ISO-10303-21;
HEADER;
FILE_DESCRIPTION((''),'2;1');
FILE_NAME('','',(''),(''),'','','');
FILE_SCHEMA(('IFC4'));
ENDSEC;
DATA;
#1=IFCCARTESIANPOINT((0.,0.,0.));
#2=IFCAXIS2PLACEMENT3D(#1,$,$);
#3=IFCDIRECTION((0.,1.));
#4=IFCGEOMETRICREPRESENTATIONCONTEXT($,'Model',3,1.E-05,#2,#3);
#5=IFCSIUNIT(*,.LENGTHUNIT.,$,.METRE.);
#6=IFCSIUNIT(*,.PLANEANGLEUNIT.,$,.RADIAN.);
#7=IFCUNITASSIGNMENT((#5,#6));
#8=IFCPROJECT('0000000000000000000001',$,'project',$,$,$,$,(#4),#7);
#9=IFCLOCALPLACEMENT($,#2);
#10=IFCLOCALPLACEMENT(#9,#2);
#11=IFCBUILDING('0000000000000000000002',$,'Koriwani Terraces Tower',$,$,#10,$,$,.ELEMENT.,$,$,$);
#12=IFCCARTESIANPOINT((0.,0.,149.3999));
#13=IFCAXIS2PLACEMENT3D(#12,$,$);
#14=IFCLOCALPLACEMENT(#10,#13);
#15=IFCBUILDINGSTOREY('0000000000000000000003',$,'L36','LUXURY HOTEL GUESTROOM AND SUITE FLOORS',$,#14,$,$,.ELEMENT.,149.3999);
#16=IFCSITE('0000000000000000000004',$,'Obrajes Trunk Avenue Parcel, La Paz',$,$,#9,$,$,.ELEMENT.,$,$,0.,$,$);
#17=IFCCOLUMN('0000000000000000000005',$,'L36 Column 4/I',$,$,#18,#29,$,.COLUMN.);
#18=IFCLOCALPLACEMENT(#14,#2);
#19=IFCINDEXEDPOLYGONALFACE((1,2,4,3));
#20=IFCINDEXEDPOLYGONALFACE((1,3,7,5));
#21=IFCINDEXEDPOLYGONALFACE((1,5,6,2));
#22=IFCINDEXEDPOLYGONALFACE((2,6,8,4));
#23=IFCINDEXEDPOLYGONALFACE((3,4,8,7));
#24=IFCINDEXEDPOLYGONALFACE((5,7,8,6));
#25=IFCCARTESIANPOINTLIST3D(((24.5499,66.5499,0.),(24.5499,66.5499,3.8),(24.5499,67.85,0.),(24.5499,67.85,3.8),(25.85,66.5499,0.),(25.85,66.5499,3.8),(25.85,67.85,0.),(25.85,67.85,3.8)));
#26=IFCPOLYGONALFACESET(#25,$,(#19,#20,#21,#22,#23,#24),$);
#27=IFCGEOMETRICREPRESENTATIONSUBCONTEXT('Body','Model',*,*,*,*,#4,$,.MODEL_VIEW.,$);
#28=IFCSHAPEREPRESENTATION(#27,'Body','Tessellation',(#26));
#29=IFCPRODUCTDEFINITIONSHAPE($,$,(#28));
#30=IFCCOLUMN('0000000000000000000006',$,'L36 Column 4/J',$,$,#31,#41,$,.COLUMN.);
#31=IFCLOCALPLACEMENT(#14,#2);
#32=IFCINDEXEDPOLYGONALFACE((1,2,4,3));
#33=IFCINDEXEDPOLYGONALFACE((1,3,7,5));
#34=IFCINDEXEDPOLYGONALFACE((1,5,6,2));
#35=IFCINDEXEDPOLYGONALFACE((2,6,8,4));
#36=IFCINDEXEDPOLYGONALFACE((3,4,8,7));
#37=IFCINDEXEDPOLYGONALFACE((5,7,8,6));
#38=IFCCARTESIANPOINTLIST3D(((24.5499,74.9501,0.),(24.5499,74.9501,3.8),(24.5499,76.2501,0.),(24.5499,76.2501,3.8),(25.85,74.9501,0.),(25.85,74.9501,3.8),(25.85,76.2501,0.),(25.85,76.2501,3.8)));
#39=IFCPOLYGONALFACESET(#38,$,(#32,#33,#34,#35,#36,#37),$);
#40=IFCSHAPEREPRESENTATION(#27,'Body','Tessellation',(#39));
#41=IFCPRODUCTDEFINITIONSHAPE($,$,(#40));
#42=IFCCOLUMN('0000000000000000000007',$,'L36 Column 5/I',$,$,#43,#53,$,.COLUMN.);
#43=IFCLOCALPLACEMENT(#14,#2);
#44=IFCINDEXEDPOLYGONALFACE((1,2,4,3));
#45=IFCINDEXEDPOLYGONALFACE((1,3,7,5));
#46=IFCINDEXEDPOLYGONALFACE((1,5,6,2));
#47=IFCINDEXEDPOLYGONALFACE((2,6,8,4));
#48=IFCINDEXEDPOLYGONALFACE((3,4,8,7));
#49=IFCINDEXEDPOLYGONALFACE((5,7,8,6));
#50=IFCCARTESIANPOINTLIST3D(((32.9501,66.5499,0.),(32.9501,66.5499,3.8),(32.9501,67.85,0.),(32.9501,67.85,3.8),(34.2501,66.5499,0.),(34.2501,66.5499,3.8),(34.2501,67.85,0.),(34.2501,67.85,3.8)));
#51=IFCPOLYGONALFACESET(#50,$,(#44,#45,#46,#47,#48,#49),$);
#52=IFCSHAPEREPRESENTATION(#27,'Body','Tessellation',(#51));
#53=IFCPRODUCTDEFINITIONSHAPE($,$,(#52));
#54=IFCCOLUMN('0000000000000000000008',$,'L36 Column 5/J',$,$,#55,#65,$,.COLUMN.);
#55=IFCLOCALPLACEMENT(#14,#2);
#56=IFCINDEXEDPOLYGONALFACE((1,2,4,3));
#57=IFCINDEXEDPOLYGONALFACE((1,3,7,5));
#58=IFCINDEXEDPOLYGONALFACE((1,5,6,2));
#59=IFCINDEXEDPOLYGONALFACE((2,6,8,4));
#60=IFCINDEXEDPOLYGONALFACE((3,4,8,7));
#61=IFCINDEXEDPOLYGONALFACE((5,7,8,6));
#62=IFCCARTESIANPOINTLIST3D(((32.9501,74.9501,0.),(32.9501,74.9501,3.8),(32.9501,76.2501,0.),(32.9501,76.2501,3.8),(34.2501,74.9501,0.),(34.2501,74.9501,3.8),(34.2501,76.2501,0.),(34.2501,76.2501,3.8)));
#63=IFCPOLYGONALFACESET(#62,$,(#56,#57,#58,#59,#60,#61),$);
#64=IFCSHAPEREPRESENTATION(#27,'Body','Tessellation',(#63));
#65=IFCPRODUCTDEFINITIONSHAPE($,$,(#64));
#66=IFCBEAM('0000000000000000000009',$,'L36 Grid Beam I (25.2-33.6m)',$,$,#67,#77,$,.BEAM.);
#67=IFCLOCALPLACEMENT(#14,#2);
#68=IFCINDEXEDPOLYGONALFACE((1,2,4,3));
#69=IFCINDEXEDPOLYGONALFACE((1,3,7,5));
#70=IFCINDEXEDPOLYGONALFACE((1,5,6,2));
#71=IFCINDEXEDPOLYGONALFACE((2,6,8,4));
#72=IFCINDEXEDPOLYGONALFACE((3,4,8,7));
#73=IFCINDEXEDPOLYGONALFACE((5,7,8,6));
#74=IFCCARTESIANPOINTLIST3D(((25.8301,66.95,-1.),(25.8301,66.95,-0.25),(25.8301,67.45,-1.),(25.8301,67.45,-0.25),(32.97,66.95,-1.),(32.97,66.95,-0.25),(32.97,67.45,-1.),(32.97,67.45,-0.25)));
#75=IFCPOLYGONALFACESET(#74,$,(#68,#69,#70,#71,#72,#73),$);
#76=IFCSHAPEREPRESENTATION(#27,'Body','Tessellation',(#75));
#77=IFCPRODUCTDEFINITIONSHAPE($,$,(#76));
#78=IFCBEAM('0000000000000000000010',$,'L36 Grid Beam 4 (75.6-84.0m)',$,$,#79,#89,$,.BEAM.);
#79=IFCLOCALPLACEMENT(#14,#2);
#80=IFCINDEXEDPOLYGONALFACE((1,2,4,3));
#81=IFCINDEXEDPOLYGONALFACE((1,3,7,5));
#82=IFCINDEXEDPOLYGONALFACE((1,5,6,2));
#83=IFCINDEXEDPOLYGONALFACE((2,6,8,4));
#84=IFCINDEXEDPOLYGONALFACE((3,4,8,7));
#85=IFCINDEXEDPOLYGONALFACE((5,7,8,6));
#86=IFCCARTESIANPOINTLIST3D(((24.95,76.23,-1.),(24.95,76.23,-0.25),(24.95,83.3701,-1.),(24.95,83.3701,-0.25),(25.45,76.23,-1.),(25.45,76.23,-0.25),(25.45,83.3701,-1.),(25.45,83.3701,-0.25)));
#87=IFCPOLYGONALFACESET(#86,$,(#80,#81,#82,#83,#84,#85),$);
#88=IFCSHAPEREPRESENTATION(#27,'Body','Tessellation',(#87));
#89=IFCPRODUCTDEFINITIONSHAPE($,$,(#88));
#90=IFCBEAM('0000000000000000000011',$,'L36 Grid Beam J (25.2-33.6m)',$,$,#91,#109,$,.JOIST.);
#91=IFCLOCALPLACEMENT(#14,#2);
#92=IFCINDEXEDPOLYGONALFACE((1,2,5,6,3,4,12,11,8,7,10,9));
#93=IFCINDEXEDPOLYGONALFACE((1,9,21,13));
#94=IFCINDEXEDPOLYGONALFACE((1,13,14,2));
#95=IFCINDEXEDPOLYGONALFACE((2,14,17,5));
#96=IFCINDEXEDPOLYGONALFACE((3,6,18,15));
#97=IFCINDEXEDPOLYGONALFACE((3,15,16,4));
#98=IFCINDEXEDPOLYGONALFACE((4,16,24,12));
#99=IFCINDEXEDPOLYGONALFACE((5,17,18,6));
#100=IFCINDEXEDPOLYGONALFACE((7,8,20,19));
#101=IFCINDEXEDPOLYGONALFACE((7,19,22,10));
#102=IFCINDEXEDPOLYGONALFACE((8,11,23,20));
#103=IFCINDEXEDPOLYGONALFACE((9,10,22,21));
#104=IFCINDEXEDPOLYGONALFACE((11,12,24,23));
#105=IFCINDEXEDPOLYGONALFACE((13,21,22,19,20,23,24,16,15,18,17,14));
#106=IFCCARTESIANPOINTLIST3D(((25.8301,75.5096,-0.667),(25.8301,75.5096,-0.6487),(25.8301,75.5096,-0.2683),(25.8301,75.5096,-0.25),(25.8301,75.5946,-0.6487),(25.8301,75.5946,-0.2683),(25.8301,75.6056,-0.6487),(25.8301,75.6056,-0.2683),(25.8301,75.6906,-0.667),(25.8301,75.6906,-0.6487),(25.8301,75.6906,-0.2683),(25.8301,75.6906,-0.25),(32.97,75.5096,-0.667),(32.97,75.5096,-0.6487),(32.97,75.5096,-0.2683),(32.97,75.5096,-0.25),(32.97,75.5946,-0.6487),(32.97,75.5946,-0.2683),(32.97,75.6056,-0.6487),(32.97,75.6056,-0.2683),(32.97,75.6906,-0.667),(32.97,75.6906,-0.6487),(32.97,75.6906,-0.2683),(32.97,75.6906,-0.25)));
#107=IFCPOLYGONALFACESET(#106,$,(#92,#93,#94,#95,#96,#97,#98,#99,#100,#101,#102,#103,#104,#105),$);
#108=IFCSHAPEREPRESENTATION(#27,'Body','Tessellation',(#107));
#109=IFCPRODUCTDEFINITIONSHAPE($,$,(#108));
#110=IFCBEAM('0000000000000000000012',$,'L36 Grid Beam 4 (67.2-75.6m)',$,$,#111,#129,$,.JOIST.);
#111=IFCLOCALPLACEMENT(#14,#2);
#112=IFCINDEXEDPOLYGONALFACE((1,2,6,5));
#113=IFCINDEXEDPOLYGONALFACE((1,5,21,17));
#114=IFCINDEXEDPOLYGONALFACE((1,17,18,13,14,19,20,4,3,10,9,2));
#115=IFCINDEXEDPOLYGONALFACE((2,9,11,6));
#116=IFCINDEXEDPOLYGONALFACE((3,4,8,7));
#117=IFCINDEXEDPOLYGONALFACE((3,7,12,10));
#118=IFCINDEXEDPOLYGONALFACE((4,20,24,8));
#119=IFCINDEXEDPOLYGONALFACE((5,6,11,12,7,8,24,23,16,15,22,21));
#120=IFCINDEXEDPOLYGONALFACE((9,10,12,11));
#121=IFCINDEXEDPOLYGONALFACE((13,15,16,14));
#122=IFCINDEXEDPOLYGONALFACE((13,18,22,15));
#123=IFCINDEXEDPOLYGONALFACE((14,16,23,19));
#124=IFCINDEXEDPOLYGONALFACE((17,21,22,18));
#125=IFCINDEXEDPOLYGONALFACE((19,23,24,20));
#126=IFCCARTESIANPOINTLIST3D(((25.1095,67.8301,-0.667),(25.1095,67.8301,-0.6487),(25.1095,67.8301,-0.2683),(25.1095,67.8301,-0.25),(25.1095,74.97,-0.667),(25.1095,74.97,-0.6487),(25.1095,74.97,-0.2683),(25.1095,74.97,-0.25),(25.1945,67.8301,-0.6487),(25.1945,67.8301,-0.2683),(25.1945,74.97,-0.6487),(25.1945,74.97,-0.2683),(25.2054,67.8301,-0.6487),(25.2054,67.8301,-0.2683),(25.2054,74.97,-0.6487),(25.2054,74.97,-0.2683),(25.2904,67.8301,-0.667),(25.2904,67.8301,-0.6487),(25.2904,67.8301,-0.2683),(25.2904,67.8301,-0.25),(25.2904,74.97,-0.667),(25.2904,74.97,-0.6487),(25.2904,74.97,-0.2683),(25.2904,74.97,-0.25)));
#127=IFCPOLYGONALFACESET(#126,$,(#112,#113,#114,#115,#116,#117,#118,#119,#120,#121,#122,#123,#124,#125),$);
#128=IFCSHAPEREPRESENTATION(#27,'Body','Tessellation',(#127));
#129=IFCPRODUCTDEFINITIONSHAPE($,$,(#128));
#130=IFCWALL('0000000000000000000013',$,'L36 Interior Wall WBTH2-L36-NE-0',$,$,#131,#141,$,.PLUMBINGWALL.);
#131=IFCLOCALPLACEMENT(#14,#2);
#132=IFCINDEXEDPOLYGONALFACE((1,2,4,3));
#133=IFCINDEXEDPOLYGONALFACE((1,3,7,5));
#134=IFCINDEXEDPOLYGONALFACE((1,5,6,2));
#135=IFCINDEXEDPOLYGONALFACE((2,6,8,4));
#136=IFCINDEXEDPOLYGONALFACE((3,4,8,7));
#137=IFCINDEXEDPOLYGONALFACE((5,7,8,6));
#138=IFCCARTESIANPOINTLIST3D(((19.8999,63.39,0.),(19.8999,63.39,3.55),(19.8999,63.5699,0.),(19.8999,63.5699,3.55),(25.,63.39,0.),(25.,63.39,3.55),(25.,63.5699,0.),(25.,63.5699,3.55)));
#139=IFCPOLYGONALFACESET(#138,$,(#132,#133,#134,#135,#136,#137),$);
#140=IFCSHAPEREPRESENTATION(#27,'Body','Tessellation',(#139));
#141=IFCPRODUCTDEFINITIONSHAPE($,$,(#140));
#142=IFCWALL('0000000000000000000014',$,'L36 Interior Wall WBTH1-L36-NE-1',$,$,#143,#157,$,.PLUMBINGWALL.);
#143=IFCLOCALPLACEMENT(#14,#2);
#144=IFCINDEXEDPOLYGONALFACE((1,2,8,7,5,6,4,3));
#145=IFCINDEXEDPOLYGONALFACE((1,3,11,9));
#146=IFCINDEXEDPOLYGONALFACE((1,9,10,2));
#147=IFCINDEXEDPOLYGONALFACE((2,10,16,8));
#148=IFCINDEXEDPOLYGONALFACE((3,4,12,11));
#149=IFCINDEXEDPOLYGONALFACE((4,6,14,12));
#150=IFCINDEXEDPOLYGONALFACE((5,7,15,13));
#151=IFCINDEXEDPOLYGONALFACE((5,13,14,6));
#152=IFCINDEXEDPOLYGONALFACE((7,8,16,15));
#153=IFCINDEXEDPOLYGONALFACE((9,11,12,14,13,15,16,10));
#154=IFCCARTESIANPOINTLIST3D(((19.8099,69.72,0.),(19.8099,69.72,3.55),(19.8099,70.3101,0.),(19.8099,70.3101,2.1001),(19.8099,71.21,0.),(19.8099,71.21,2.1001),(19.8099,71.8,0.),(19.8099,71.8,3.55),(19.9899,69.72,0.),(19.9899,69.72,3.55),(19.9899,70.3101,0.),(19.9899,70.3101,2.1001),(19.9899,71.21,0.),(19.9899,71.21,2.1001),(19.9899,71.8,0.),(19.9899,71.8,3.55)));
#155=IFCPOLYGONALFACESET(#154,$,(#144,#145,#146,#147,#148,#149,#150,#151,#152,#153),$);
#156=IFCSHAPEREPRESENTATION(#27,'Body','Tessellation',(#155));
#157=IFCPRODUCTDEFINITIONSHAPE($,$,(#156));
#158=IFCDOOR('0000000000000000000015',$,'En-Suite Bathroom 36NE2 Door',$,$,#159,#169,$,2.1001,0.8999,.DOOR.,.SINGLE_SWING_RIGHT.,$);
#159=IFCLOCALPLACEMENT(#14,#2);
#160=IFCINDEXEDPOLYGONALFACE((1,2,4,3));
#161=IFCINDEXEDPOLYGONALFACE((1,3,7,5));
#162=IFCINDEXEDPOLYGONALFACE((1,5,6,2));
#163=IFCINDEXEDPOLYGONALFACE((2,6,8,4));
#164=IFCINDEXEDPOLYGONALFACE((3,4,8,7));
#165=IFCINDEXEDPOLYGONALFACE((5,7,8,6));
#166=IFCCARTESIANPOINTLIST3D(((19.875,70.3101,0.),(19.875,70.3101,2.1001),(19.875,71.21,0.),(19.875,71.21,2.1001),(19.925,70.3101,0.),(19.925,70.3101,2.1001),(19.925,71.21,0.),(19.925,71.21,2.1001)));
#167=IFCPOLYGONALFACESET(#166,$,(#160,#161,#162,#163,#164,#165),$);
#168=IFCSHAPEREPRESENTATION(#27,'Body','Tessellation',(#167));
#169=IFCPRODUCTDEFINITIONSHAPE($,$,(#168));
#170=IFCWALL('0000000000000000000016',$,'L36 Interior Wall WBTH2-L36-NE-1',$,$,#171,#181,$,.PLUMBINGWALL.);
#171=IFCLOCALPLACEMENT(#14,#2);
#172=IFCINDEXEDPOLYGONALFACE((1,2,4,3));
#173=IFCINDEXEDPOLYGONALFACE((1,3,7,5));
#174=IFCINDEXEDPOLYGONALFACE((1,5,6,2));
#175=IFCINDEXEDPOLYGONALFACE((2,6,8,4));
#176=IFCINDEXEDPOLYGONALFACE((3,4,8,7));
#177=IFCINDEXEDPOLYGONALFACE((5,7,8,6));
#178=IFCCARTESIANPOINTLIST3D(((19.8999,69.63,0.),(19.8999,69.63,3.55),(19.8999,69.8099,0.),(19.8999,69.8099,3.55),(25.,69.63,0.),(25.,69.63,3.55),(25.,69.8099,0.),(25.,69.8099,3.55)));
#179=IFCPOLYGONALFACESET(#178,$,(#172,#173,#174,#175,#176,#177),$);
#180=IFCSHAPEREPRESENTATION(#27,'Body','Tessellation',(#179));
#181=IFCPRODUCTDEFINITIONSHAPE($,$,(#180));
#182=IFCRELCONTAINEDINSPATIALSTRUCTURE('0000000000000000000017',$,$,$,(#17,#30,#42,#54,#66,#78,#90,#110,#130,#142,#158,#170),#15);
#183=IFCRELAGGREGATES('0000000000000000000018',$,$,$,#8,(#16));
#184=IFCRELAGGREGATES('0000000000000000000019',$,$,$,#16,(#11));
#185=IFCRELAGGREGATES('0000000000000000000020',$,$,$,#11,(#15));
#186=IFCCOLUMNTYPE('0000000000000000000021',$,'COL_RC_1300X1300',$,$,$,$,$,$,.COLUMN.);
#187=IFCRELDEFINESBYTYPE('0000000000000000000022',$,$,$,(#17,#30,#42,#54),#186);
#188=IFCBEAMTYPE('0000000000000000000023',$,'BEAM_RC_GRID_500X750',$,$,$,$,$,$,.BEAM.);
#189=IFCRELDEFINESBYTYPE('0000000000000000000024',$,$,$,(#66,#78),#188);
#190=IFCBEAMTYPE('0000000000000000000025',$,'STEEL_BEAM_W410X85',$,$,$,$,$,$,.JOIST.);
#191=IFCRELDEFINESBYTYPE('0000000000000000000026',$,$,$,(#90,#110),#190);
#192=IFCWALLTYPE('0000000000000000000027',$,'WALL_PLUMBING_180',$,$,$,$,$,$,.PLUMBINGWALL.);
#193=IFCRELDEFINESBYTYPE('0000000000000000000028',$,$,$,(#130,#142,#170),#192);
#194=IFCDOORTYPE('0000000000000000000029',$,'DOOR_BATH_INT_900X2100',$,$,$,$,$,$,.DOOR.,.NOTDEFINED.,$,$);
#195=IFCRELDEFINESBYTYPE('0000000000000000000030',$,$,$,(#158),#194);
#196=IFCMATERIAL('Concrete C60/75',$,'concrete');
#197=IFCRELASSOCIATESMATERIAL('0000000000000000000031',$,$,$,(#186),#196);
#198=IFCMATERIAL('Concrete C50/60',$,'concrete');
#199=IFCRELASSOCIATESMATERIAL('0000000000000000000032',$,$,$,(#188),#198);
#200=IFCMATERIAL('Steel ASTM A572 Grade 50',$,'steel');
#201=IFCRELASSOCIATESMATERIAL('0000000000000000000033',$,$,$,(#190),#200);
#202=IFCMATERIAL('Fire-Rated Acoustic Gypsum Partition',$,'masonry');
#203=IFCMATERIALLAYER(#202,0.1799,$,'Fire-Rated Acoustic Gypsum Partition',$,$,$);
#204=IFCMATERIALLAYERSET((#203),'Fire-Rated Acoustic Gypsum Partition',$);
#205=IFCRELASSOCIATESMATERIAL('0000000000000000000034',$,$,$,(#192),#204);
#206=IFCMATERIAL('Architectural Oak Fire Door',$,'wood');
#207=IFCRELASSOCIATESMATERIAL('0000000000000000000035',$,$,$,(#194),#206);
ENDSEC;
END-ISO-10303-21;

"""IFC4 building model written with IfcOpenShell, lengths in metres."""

from ifc_helpers import new_model, si_unit, direction, frame, frame_2d, origin, origin_2d, place, context, subcontext, project, spatial, rectangle, i_section, extrude, material, layer, layer_set, material_profile, profile_set, type_object, element, fill, save


model = new_model("IFC4")

# Units and contexts
model_context = context("Model", 3, precision=1e-05, world=origin(), true_north=direction((0.0, 1.0)))
body_context = subcontext(model_context, "Body", "Model", "MODEL_VIEW")
ifc_project = project(units=[si_unit("LENGTHUNIT", "METRE"), si_unit("PLANEANGLEUNIT", "RADIAN")], contexts=[model_context])

# Site, building, storey
site_placement = place(None, origin())
site = spatial("IfcSite", under=ifc_project, at=site_placement, Name="Obrajes Trunk Avenue Parcel, La Paz", CompositionType="ELEMENT", RefElevation=0.0)
building_placement = place(site_placement, origin())
building = spatial("IfcBuilding", under=site, at=building_placement, Name="Koriwani Terraces Tower", CompositionType="ELEMENT")
storey_placement = place(building_placement, frame((0.0, 0.0, 149.3999)))
storey = spatial("IfcBuildingStorey", under=building, at=storey_placement, Name="L36", Description="LUXURY HOTEL GUESTROOM AND SUITE FLOORS", CompositionType="ELEMENT", Elevation=149.3999)

# Columns
ifc_material_1 = material(Name="Concrete C60/75", Category="concrete")
ifc_material_profile_1 = material_profile(ifc_material_1, rectangle(XDim=1.3, YDim=1.3, at=origin_2d()), Name="Concrete C60/75", Category="LoadBearing")
ifc_profile_set_1 = profile_set([ifc_material_profile_1], Name="Concrete C60/75")
column_type = type_object("IfcColumnType", Name="COL_RC_1300X1300", PredefinedType="COLUMN", material=ifc_profile_set_1)
for number, where, z_axis, x_axis, name in (
    (1, (25.2, 67.2, 0.0), (0.0, 0.0, 1.0), (1.0, 0.0, 0.0), "L36 Column 4/I"),
    (2, (25.2, 75.6001, 0.0), (0.0, 0.0, 1.0), (1.0, 0.0, 0.0), "L36 Column 4/J"),
    (3, (33.6001, 67.2, 0.0), (0.0, 0.0, 1.0), (1.0, 0.0, 0.0), "L36 Column 5/I"),
    (4, (33.6001, 75.6001, 0.0), (0.0, 0.0, 1.0), (1.0, 0.0, 0.0), "L36 Column 5/J"),
):
    element("IfcColumn", number, at=place(storey_placement, frame(where, z_axis=z_axis, x_axis=x_axis)), inside=storey, type_object=column_type, Name=name, PredefinedType="COLUMN", context=body_context, shape_type="SweptSolid", body=[
        extrude(rectangle(XDim=1.3, YDim=1.3, at=origin_2d()), origin(), (0.0, 0.0, 1.0), 3.8),
    ])

# Beams
ifc_material_2 = material(Name="Concrete C50/60", Category="concrete")
ifc_material_profile_2 = material_profile(ifc_material_2, rectangle(XDim=0.5, YDim=0.75, at=origin_2d()), Name="Concrete C50/60", Category="LoadBearing")
ifc_profile_set_2 = profile_set([ifc_material_profile_2], Name="Concrete C50/60")
beam_type_1 = type_object("IfcBeamType", Name="BEAM_RC_GRID_500X750", PredefinedType="BEAM", material=ifc_profile_set_2)
beam_1_placement = place(storey_placement, frame((25.8301, 67.2, -0.625), z_axis=(1.0, 0.0, 0.0), x_axis=(0.0, 1.0, 0.0)))
element("IfcBeam", 5, at=beam_1_placement, inside=storey, type_object=beam_type_1, Name="L36 Grid Beam I (25.2-33.6m)", PredefinedType="BEAM", context=body_context, shape_type="SweptSolid", body=[
    extrude(rectangle(XDim=0.5, YDim=0.75, at=origin_2d()), origin(), (0.0, 0.0, 1.0), 7.1399),
])
beam_2_placement = place(storey_placement, frame((25.2, 76.23, -0.625), z_axis=(0.0, 1.0, 0.0), x_axis=(-1.0, 0.0, 0.0)))
element("IfcBeam", 6, at=beam_2_placement, inside=storey, type_object=beam_type_1, Name="L36 Grid Beam 4 (75.6-84.0m)", PredefinedType="BEAM", context=body_context, shape_type="SweptSolid", body=[
    extrude(rectangle(XDim=0.5, YDim=0.75, at=origin_2d()), origin(), (0.0, 0.0, 1.0), 7.1401),
])
ifc_material_3 = material(Name="Steel ASTM A572 Grade 50", Category="steel")
ifc_material_profile_3 = material_profile(ifc_material_3, i_section(OverallWidth=0.1809, OverallDepth=0.417, WebThickness=0.011, FlangeThickness=0.0183, at=origin_2d()), Name="Steel ASTM A572 Grade 50", Category="LoadBearing")
ifc_profile_set_3 = profile_set([ifc_material_profile_3], Name="Steel ASTM A572 Grade 50")
beam_type_2 = type_object("IfcBeamType", Name="STEEL_BEAM_W410X85", PredefinedType="JOIST", material=ifc_profile_set_3)
for number, where, z_axis, x_axis, name in (
    (7, (25.8301, 75.6001, -0.4585), (1.0, 0.0, 0.0), (0.0, 1.0, 0.0), "L36 Grid Beam J (25.2-33.6m)"),
    (8, (25.2, 67.8301, -0.4585), (0.0, 1.0, 0.0), (-1.0, 0.0, 0.0), "L36 Grid Beam 4 (67.2-75.6m)"),
):
    element("IfcBeam", number, at=place(storey_placement, frame(where, z_axis=z_axis, x_axis=x_axis)), inside=storey, type_object=beam_type_2, Name=name, PredefinedType="JOIST", context=body_context, shape_type="SweptSolid", body=[
        extrude(i_section(OverallWidth=0.1809, OverallDepth=0.417, WebThickness=0.011, FlangeThickness=0.0183, at=origin_2d()), origin(), (0.0, 0.0, 1.0), 7.1399),
    ])

# Wall
ifc_material_4 = material(Name="Fire-Rated Acoustic Gypsum Partition", Category="masonry")
ifc_layer_1 = layer(ifc_material_4, 0.1799, Name="Fire-Rated Acoustic Gypsum Partition")
ifc_layer_set_1 = layer_set([ifc_layer_1], Name="Fire-Rated Acoustic Gypsum Partition")
wall_type = type_object("IfcWallType", Name="WALL_PLUMBING_180", PredefinedType="PLUMBINGWALL", material=ifc_layer_set_1)
wall_1_placement = place(storey_placement, frame((19.8999, 63.48, 0.0), z_axis=(0.0, 0.0, 1.0), x_axis=(1.0, 0.0, 0.0)))
element("IfcWall", 9, at=wall_1_placement, inside=storey, type_object=wall_type, Name="L36 Interior Wall WBTH2-L36-NE-0", PredefinedType="PLUMBINGWALL", context=body_context, shape_type="SweptSolid", body=[
    extrude(rectangle(XDim=5.1001, YDim=0.1799, at=frame_2d((2.55, 0.0))), origin(), (0.0, 0.0, 1.0), 3.55),
])

# Wall, opening, door
wall_2_placement = place(storey_placement, frame((19.8999, 69.72, 0.0), z_axis=(0.0, 0.0, 1.0), x_axis=(0.0, 1.0, 0.0)))
wall_2 = element("IfcWall", 10, at=wall_2_placement, inside=storey, type_object=wall_type, Name="L36 Interior Wall WBTH1-L36-NE-1", PredefinedType="PLUMBINGWALL", context=body_context, shape_type="SweptSolid", body=[
    extrude(rectangle(XDim=2.0801, YDim=0.1799, at=frame_2d((1.04, 0.0))), origin(), (0.0, 0.0, 1.0), 3.55),
])
opening_1_placement = place(wall_2_placement, frame((0.5901, 0.0, 0.0)))
opening_1 = element("IfcOpeningElement", 11, at=opening_1_placement, cuts=wall_2, PredefinedType="OPENING", context=body_context, shape_type="SweptSolid", body=[
    extrude(rectangle(XDim=0.8999, YDim=2.1001, at=frame_2d((0.45, 1.05))), frame((0.0, 0.1001, 0.0), z_axis=(0.0, -1.0, 0.0), x_axis=(1.0, 0.0, 0.0)), (0.0, 0.0, 1.0), 0.2),
])
ifc_material_5 = material(Name="Architectural Oak Fire Door", Category="wood")
door_type = type_object("IfcDoorType", Name="DOOR_BATH_INT_900X2100", OperationType="NOTDEFINED", PredefinedType="DOOR", material=ifc_material_5)
door_1_placement = place(opening_1_placement, origin())
door_1 = element("IfcDoor", 12, at=door_1_placement, inside=storey, type_object=door_type, Name="En-Suite Bathroom 36NE2 Door", OperationType="SINGLE_SWING_RIGHT", OverallHeight=2.1001, OverallWidth=0.8999, PredefinedType="DOOR", context=body_context, shape_type="SweptSolid", body=[
    extrude(rectangle(XDim=0.8999, YDim=2.1001, at=frame_2d((0.45, 1.05))), frame((0.0, 0.0249, 0.0), z_axis=(0.0, -1.0, 0.0), x_axis=(1.0, 0.0, 0.0)), (0.0, 0.0, 1.0), 0.05),
])
fill(opening_1, door_1)

# Wall
wall_3_placement = place(storey_placement, frame((19.8999, 69.72, 0.0), z_axis=(0.0, 0.0, 1.0), x_axis=(1.0, 0.0, 0.0)))
element("IfcWall", 13, at=wall_3_placement, inside=storey, type_object=wall_type, Name="L36 Interior Wall WBTH2-L36-NE-1", PredefinedType="PLUMBINGWALL", context=body_context, shape_type="SweptSolid", body=[
    extrude(rectangle(XDim=5.1001, YDim=0.1799, at=frame_2d((2.55, 0.0))), origin(), (0.0, 0.0, 1.0), 3.55),
])

save(model, "model.ifc")
